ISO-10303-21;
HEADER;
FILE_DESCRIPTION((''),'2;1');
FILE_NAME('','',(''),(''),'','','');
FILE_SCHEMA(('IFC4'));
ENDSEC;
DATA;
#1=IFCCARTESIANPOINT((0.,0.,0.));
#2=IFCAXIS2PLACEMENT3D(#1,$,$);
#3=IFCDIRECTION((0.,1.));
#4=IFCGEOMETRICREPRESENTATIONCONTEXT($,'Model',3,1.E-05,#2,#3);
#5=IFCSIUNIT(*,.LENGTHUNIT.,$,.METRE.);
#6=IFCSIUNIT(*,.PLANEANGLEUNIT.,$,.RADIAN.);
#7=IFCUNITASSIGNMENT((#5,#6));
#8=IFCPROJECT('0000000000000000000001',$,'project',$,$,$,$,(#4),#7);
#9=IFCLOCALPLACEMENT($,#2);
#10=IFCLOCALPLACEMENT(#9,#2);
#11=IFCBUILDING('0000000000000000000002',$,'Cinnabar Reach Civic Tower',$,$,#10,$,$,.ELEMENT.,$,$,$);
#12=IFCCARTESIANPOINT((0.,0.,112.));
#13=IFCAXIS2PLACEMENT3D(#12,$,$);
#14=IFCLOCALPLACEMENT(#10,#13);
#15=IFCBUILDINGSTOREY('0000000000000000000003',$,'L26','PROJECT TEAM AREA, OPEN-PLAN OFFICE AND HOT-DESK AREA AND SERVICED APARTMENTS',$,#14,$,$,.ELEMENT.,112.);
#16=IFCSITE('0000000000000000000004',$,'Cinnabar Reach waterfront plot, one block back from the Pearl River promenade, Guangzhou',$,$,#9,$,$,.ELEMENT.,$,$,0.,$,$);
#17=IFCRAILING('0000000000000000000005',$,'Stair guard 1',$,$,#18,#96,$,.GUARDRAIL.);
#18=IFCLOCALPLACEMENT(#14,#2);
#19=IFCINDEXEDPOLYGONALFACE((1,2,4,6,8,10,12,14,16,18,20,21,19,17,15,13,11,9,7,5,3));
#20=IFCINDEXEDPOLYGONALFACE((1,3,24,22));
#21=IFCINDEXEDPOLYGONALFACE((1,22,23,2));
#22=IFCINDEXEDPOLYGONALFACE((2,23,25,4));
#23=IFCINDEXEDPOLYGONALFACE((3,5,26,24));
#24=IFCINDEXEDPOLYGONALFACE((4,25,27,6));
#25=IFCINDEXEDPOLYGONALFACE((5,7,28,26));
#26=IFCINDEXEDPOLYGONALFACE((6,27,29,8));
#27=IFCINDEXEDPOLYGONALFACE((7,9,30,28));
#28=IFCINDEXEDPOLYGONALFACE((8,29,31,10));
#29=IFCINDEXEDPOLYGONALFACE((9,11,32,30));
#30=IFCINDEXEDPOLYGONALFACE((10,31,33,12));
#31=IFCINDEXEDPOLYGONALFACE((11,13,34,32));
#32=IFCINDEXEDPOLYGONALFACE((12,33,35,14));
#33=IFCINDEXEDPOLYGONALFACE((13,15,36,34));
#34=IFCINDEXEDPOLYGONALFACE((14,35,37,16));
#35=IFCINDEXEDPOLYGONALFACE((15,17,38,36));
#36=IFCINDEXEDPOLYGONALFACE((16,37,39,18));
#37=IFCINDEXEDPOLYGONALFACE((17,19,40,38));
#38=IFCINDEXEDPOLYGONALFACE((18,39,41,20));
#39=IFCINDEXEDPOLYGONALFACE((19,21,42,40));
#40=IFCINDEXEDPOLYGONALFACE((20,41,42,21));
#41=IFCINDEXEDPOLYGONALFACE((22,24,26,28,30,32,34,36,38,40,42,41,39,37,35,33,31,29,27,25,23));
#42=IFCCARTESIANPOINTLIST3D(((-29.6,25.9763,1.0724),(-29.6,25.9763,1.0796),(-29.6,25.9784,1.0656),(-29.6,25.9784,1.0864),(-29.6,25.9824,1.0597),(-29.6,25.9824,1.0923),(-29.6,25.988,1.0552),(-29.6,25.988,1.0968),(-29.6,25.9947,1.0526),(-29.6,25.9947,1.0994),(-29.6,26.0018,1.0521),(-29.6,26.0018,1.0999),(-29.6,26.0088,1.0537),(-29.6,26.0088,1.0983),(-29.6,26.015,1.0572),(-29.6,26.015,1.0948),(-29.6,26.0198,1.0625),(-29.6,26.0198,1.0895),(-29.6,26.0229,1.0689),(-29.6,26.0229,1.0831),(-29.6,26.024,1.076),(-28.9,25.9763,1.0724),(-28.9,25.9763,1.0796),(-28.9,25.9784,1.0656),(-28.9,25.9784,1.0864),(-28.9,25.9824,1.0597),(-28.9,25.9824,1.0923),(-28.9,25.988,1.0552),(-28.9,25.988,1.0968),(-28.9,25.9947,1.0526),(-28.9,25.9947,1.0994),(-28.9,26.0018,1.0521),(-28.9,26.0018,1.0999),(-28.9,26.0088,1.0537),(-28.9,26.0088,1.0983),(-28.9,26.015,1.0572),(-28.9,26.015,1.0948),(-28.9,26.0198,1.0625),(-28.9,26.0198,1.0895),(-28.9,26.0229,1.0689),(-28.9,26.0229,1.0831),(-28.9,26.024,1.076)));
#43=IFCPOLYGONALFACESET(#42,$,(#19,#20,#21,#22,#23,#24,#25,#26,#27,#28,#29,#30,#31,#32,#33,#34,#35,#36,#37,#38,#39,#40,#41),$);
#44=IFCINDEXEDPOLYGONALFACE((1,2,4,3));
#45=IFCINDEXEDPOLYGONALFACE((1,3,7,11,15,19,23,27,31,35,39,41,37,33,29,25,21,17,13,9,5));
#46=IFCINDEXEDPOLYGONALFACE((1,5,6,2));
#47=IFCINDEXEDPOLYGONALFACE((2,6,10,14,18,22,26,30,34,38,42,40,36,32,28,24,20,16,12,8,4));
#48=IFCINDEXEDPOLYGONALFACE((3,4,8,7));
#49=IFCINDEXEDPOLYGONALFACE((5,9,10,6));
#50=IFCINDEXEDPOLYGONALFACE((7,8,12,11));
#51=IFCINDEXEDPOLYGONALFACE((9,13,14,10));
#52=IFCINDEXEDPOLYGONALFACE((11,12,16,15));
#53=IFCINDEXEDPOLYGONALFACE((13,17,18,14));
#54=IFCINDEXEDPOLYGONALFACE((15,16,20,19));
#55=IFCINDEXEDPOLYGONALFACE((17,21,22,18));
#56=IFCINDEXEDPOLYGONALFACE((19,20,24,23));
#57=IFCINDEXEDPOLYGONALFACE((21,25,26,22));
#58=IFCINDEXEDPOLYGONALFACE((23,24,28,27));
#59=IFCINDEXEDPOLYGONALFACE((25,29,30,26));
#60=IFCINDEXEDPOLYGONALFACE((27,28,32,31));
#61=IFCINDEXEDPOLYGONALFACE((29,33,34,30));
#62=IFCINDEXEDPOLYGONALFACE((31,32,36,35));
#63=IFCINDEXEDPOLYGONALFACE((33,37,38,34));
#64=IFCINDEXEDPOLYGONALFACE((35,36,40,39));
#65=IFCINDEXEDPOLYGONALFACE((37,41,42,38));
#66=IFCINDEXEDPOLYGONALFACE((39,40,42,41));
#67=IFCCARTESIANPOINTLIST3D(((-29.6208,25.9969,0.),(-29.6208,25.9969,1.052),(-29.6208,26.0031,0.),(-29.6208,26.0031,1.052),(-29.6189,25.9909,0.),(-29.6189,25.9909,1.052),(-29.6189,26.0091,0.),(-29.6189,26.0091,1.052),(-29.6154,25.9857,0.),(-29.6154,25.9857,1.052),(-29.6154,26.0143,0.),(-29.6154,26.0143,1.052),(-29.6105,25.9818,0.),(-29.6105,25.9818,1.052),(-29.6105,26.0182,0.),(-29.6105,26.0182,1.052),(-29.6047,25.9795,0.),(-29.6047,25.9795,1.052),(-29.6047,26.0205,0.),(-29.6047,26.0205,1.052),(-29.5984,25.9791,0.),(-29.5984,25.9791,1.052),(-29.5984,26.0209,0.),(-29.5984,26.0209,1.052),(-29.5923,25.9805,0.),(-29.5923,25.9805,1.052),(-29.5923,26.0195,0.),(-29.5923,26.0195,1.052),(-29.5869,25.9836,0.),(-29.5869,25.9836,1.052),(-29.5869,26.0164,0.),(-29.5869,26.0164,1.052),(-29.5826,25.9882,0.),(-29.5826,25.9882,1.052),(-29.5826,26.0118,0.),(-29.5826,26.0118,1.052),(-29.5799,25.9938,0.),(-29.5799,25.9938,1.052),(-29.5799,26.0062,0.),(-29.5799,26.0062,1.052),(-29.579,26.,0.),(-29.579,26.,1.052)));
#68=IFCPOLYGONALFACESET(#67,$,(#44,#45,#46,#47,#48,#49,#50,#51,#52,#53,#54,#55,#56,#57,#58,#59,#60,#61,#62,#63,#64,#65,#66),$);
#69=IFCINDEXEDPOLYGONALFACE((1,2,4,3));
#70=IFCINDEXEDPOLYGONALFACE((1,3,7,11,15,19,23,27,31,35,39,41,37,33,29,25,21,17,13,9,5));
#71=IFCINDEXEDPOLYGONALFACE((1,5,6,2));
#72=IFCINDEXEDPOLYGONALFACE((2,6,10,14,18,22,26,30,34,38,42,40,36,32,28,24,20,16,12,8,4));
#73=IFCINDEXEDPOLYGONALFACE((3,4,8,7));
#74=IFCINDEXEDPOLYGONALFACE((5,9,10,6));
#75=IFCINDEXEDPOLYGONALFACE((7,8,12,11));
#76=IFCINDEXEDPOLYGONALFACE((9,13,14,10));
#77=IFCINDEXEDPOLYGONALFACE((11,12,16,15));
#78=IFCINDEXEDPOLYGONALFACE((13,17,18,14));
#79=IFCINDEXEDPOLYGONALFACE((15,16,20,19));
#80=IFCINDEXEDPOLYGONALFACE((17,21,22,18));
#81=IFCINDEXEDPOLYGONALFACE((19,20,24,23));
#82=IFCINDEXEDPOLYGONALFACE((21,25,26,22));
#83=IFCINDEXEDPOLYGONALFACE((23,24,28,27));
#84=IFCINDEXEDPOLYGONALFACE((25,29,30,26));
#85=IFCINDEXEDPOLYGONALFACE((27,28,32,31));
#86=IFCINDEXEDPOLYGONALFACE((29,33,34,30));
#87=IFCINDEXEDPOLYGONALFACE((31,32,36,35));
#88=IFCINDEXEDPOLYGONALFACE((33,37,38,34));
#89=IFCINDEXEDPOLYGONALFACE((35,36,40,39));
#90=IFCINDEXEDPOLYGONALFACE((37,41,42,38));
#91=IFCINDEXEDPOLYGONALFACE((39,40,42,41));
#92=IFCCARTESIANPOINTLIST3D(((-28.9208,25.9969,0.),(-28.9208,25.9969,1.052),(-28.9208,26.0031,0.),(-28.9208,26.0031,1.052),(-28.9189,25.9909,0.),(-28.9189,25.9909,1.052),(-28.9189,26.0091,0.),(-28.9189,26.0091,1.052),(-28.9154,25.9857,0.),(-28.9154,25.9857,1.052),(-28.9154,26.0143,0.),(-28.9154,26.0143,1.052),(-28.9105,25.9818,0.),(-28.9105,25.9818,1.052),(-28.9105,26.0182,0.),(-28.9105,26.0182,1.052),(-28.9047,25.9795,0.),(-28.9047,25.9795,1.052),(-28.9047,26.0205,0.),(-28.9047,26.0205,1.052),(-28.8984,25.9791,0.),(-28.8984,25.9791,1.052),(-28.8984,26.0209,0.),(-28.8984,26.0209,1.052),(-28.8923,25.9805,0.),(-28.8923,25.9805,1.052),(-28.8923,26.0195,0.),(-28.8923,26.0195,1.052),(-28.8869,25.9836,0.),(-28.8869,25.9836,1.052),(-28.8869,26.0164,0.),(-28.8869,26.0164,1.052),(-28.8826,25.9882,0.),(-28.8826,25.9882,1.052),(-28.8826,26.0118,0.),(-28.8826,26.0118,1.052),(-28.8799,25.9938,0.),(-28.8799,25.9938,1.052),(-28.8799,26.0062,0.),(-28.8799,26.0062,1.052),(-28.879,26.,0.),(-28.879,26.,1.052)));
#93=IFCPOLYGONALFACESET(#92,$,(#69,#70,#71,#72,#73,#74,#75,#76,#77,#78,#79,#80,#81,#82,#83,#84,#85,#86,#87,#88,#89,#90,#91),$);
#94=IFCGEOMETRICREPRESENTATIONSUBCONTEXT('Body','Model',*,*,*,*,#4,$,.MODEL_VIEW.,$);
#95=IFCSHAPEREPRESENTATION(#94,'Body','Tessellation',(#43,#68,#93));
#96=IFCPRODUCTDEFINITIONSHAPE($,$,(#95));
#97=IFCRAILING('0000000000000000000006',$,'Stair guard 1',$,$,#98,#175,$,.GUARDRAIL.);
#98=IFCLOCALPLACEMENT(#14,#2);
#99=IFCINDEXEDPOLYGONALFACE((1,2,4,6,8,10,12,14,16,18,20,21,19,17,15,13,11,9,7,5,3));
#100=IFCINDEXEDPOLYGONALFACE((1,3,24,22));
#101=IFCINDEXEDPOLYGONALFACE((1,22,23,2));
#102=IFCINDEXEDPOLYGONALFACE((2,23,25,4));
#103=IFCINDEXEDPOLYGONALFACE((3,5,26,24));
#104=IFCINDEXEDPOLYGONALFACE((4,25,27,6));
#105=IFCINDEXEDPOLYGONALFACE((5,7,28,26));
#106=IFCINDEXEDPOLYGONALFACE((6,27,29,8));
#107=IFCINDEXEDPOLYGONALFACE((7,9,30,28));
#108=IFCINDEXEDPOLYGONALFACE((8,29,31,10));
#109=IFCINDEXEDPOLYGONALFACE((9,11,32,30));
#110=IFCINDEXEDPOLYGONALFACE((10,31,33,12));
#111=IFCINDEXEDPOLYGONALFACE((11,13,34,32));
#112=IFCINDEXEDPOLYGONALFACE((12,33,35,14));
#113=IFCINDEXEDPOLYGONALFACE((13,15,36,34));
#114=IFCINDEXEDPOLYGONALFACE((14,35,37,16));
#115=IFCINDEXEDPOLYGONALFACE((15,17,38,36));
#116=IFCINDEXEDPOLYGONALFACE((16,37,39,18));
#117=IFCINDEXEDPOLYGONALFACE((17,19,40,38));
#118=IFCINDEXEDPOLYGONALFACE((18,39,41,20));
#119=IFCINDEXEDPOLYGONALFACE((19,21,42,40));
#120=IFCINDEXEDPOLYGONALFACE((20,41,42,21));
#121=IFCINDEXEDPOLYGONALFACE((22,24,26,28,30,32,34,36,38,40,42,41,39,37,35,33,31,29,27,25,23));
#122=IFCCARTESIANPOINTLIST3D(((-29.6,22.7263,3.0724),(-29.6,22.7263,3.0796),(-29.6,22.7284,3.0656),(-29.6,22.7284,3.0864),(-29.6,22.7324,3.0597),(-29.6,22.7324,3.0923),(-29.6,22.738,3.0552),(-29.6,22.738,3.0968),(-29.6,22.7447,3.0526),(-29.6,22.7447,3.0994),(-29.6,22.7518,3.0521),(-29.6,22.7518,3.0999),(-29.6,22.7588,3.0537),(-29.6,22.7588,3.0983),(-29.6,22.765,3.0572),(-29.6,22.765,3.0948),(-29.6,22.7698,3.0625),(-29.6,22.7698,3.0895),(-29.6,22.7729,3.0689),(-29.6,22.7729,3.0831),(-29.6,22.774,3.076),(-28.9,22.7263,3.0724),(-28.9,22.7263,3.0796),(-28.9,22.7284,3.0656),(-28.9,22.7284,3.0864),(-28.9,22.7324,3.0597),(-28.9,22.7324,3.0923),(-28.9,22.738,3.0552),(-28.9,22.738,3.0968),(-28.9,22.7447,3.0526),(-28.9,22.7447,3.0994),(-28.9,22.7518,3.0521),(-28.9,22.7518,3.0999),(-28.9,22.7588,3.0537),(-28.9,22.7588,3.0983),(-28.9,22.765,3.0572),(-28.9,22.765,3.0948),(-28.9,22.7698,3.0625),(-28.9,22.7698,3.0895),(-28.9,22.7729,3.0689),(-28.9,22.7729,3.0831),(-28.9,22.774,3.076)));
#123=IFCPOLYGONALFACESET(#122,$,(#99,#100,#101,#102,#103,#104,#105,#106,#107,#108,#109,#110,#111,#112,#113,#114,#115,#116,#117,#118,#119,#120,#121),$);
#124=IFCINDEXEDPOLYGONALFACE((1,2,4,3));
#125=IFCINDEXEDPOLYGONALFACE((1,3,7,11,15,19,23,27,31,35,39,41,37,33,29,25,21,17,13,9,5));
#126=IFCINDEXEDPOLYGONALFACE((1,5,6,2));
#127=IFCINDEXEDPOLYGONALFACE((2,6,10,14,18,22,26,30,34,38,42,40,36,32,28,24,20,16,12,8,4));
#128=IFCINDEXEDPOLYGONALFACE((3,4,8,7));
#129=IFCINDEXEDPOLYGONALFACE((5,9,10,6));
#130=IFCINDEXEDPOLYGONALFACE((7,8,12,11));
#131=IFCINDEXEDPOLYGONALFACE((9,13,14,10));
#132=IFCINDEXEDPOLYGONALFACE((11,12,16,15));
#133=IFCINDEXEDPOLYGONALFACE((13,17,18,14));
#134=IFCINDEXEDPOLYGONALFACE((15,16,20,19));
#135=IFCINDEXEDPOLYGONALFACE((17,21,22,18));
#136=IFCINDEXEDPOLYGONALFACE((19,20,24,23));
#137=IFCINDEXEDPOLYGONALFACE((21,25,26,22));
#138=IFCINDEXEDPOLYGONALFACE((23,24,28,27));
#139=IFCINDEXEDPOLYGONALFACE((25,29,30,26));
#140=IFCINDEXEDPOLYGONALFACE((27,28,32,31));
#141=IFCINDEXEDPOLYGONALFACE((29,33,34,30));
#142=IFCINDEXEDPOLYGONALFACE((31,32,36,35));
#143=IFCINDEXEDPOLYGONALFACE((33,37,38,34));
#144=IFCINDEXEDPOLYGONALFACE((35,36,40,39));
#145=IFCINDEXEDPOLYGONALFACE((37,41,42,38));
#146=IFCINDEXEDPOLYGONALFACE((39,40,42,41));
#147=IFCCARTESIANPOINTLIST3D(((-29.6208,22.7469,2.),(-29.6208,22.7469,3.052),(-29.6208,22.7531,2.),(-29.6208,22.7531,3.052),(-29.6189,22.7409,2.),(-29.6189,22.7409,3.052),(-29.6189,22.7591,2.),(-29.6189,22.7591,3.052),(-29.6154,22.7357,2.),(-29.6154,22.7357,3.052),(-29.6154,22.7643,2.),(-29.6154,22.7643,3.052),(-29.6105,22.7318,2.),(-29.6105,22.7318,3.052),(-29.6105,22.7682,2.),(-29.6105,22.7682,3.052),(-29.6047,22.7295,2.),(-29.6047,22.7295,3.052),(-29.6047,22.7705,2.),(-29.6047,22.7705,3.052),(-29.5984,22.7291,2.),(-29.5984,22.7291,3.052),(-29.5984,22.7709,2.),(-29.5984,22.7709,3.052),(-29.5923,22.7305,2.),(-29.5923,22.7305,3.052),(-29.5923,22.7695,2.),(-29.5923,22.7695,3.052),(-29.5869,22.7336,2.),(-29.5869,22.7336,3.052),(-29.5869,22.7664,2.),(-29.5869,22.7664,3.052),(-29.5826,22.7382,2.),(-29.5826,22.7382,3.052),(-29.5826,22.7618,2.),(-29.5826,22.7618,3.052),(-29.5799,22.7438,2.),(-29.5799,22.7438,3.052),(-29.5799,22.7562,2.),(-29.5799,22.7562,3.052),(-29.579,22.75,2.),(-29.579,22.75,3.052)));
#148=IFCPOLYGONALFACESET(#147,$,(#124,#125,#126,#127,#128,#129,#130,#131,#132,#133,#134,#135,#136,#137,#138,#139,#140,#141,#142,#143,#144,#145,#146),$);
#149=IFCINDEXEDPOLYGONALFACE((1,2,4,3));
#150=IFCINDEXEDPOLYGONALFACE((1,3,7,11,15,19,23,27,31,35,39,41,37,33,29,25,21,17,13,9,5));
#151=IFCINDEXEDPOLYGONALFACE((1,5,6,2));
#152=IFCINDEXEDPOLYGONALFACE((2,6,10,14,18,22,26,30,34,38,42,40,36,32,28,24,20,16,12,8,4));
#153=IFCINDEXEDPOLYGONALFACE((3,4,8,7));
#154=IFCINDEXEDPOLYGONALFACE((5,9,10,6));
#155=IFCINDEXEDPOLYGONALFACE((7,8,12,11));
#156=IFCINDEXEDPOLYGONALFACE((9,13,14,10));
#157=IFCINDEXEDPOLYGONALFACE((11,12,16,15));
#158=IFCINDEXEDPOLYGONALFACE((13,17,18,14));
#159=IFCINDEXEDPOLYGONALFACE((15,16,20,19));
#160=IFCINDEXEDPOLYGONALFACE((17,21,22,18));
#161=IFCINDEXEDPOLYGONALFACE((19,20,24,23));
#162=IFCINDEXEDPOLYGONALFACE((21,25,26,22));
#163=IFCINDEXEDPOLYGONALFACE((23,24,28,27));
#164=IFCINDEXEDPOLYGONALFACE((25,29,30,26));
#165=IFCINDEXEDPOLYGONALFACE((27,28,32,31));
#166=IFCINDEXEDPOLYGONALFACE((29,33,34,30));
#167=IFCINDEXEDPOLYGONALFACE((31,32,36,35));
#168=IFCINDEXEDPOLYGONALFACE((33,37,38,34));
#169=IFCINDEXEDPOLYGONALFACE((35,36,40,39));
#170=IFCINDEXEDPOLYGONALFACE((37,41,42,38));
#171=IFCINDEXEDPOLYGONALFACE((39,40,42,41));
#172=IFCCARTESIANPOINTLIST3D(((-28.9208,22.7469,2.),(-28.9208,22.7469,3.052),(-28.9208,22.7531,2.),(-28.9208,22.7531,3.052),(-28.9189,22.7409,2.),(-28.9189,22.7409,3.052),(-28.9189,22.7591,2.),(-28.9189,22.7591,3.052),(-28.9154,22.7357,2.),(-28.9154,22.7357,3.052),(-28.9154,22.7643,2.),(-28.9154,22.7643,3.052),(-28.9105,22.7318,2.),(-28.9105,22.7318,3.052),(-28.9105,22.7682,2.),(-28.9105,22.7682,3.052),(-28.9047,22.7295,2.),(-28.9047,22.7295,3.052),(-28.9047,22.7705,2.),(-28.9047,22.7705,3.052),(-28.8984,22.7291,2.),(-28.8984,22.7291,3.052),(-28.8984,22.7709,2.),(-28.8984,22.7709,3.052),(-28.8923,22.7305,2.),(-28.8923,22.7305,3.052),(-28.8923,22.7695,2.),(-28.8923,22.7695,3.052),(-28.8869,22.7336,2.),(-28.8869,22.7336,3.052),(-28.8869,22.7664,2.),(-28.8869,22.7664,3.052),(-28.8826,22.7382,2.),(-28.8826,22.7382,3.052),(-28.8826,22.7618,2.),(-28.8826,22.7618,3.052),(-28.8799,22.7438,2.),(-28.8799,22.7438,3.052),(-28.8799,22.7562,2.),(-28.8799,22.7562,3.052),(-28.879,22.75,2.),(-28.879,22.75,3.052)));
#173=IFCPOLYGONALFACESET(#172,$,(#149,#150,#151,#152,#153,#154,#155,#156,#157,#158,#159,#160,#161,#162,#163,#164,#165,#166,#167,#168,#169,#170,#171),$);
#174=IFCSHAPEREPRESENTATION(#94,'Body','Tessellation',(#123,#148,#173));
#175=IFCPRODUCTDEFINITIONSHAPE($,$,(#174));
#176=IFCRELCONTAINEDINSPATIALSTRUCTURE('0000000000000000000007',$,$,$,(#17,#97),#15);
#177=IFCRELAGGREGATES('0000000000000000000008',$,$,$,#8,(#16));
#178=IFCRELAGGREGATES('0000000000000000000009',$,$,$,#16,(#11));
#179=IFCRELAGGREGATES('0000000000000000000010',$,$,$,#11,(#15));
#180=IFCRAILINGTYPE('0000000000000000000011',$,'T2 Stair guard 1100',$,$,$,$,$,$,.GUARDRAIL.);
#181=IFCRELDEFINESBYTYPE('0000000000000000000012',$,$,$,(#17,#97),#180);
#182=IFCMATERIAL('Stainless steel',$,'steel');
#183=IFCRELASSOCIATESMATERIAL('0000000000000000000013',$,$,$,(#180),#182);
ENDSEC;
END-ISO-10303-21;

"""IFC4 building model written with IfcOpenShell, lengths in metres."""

from ifc_helpers import new_model, si_unit, direction, frame, origin, origin_2d, place, context, subcontext, project, spatial, circle, extrude, material, type_object, element, save


model = new_model("IFC4")

# Units and contexts
model_context = context("Model", 3, precision=1e-05, world=origin(), true_north=direction((0.0, 1.0)))
body_context = subcontext(model_context, "Body", "Model", "MODEL_VIEW")
ifc_project = project(units=[si_unit("LENGTHUNIT", "METRE"), si_unit("PLANEANGLEUNIT", "RADIAN")], contexts=[model_context])

# Site, building, storey
site_placement = place(None, origin())
site = spatial("IfcSite", under=ifc_project, at=site_placement, Name="Cinnabar Reach waterfront plot, one block back from the Pearl River promenade, Guangzhou", CompositionType="ELEMENT", RefElevation=0.0)
building_placement = place(site_placement, origin())
building = spatial("IfcBuilding", under=site, at=building_placement, Name="Cinnabar Reach Civic Tower", CompositionType="ELEMENT")
storey_placement = place(building_placement, frame((0.0, 0.0, 112.0)))
storey = spatial("IfcBuildingStorey", under=building, at=storey_placement, Name="L26", Description="PROJECT TEAM AREA, OPEN-PLAN OFFICE AND HOT-DESK AREA AND SERVICED APARTMENTS", CompositionType="ELEMENT", Elevation=112.0)

# Railings
ifc_material_1 = material(Name="Stainless steel", Category="steel")
railing_type = type_object("IfcRailingType", Name="T2 Stair guard 1100", PredefinedType="GUARDRAIL", material=ifc_material_1)
for number, where, name in (
    (1, (-29.6, 26.0, 0.0), "Stair guard 1"),
    (2, (-29.6, 22.75, 2.0), "Stair guard 1"),
):
    element("IfcRailing", number, at=place(storey_placement, frame(where)), inside=storey, type_object=railing_type, Name=name, PredefinedType="GUARDRAIL", context=body_context, shape_type="SweptSolid", body=[
        extrude(circle(Radius=0.024, at=origin_2d()), frame((0.0, 0.0, 1.076), z_axis=(1.0, 0.0, 0.0), x_axis=(0.0, 1.0, 0.0)), (0.0, 0.0, 1.0), 0.7),
        extrude(circle(Radius=0.021, at=origin_2d()), origin(), (0.0, 0.0, 1.0), 1.052),
        extrude(circle(Radius=0.021, at=origin_2d()), frame((0.7, 0.0, 0.0)), (0.0, 0.0, 1.0), 1.052),
    ])

save(model, "model.ifc")
